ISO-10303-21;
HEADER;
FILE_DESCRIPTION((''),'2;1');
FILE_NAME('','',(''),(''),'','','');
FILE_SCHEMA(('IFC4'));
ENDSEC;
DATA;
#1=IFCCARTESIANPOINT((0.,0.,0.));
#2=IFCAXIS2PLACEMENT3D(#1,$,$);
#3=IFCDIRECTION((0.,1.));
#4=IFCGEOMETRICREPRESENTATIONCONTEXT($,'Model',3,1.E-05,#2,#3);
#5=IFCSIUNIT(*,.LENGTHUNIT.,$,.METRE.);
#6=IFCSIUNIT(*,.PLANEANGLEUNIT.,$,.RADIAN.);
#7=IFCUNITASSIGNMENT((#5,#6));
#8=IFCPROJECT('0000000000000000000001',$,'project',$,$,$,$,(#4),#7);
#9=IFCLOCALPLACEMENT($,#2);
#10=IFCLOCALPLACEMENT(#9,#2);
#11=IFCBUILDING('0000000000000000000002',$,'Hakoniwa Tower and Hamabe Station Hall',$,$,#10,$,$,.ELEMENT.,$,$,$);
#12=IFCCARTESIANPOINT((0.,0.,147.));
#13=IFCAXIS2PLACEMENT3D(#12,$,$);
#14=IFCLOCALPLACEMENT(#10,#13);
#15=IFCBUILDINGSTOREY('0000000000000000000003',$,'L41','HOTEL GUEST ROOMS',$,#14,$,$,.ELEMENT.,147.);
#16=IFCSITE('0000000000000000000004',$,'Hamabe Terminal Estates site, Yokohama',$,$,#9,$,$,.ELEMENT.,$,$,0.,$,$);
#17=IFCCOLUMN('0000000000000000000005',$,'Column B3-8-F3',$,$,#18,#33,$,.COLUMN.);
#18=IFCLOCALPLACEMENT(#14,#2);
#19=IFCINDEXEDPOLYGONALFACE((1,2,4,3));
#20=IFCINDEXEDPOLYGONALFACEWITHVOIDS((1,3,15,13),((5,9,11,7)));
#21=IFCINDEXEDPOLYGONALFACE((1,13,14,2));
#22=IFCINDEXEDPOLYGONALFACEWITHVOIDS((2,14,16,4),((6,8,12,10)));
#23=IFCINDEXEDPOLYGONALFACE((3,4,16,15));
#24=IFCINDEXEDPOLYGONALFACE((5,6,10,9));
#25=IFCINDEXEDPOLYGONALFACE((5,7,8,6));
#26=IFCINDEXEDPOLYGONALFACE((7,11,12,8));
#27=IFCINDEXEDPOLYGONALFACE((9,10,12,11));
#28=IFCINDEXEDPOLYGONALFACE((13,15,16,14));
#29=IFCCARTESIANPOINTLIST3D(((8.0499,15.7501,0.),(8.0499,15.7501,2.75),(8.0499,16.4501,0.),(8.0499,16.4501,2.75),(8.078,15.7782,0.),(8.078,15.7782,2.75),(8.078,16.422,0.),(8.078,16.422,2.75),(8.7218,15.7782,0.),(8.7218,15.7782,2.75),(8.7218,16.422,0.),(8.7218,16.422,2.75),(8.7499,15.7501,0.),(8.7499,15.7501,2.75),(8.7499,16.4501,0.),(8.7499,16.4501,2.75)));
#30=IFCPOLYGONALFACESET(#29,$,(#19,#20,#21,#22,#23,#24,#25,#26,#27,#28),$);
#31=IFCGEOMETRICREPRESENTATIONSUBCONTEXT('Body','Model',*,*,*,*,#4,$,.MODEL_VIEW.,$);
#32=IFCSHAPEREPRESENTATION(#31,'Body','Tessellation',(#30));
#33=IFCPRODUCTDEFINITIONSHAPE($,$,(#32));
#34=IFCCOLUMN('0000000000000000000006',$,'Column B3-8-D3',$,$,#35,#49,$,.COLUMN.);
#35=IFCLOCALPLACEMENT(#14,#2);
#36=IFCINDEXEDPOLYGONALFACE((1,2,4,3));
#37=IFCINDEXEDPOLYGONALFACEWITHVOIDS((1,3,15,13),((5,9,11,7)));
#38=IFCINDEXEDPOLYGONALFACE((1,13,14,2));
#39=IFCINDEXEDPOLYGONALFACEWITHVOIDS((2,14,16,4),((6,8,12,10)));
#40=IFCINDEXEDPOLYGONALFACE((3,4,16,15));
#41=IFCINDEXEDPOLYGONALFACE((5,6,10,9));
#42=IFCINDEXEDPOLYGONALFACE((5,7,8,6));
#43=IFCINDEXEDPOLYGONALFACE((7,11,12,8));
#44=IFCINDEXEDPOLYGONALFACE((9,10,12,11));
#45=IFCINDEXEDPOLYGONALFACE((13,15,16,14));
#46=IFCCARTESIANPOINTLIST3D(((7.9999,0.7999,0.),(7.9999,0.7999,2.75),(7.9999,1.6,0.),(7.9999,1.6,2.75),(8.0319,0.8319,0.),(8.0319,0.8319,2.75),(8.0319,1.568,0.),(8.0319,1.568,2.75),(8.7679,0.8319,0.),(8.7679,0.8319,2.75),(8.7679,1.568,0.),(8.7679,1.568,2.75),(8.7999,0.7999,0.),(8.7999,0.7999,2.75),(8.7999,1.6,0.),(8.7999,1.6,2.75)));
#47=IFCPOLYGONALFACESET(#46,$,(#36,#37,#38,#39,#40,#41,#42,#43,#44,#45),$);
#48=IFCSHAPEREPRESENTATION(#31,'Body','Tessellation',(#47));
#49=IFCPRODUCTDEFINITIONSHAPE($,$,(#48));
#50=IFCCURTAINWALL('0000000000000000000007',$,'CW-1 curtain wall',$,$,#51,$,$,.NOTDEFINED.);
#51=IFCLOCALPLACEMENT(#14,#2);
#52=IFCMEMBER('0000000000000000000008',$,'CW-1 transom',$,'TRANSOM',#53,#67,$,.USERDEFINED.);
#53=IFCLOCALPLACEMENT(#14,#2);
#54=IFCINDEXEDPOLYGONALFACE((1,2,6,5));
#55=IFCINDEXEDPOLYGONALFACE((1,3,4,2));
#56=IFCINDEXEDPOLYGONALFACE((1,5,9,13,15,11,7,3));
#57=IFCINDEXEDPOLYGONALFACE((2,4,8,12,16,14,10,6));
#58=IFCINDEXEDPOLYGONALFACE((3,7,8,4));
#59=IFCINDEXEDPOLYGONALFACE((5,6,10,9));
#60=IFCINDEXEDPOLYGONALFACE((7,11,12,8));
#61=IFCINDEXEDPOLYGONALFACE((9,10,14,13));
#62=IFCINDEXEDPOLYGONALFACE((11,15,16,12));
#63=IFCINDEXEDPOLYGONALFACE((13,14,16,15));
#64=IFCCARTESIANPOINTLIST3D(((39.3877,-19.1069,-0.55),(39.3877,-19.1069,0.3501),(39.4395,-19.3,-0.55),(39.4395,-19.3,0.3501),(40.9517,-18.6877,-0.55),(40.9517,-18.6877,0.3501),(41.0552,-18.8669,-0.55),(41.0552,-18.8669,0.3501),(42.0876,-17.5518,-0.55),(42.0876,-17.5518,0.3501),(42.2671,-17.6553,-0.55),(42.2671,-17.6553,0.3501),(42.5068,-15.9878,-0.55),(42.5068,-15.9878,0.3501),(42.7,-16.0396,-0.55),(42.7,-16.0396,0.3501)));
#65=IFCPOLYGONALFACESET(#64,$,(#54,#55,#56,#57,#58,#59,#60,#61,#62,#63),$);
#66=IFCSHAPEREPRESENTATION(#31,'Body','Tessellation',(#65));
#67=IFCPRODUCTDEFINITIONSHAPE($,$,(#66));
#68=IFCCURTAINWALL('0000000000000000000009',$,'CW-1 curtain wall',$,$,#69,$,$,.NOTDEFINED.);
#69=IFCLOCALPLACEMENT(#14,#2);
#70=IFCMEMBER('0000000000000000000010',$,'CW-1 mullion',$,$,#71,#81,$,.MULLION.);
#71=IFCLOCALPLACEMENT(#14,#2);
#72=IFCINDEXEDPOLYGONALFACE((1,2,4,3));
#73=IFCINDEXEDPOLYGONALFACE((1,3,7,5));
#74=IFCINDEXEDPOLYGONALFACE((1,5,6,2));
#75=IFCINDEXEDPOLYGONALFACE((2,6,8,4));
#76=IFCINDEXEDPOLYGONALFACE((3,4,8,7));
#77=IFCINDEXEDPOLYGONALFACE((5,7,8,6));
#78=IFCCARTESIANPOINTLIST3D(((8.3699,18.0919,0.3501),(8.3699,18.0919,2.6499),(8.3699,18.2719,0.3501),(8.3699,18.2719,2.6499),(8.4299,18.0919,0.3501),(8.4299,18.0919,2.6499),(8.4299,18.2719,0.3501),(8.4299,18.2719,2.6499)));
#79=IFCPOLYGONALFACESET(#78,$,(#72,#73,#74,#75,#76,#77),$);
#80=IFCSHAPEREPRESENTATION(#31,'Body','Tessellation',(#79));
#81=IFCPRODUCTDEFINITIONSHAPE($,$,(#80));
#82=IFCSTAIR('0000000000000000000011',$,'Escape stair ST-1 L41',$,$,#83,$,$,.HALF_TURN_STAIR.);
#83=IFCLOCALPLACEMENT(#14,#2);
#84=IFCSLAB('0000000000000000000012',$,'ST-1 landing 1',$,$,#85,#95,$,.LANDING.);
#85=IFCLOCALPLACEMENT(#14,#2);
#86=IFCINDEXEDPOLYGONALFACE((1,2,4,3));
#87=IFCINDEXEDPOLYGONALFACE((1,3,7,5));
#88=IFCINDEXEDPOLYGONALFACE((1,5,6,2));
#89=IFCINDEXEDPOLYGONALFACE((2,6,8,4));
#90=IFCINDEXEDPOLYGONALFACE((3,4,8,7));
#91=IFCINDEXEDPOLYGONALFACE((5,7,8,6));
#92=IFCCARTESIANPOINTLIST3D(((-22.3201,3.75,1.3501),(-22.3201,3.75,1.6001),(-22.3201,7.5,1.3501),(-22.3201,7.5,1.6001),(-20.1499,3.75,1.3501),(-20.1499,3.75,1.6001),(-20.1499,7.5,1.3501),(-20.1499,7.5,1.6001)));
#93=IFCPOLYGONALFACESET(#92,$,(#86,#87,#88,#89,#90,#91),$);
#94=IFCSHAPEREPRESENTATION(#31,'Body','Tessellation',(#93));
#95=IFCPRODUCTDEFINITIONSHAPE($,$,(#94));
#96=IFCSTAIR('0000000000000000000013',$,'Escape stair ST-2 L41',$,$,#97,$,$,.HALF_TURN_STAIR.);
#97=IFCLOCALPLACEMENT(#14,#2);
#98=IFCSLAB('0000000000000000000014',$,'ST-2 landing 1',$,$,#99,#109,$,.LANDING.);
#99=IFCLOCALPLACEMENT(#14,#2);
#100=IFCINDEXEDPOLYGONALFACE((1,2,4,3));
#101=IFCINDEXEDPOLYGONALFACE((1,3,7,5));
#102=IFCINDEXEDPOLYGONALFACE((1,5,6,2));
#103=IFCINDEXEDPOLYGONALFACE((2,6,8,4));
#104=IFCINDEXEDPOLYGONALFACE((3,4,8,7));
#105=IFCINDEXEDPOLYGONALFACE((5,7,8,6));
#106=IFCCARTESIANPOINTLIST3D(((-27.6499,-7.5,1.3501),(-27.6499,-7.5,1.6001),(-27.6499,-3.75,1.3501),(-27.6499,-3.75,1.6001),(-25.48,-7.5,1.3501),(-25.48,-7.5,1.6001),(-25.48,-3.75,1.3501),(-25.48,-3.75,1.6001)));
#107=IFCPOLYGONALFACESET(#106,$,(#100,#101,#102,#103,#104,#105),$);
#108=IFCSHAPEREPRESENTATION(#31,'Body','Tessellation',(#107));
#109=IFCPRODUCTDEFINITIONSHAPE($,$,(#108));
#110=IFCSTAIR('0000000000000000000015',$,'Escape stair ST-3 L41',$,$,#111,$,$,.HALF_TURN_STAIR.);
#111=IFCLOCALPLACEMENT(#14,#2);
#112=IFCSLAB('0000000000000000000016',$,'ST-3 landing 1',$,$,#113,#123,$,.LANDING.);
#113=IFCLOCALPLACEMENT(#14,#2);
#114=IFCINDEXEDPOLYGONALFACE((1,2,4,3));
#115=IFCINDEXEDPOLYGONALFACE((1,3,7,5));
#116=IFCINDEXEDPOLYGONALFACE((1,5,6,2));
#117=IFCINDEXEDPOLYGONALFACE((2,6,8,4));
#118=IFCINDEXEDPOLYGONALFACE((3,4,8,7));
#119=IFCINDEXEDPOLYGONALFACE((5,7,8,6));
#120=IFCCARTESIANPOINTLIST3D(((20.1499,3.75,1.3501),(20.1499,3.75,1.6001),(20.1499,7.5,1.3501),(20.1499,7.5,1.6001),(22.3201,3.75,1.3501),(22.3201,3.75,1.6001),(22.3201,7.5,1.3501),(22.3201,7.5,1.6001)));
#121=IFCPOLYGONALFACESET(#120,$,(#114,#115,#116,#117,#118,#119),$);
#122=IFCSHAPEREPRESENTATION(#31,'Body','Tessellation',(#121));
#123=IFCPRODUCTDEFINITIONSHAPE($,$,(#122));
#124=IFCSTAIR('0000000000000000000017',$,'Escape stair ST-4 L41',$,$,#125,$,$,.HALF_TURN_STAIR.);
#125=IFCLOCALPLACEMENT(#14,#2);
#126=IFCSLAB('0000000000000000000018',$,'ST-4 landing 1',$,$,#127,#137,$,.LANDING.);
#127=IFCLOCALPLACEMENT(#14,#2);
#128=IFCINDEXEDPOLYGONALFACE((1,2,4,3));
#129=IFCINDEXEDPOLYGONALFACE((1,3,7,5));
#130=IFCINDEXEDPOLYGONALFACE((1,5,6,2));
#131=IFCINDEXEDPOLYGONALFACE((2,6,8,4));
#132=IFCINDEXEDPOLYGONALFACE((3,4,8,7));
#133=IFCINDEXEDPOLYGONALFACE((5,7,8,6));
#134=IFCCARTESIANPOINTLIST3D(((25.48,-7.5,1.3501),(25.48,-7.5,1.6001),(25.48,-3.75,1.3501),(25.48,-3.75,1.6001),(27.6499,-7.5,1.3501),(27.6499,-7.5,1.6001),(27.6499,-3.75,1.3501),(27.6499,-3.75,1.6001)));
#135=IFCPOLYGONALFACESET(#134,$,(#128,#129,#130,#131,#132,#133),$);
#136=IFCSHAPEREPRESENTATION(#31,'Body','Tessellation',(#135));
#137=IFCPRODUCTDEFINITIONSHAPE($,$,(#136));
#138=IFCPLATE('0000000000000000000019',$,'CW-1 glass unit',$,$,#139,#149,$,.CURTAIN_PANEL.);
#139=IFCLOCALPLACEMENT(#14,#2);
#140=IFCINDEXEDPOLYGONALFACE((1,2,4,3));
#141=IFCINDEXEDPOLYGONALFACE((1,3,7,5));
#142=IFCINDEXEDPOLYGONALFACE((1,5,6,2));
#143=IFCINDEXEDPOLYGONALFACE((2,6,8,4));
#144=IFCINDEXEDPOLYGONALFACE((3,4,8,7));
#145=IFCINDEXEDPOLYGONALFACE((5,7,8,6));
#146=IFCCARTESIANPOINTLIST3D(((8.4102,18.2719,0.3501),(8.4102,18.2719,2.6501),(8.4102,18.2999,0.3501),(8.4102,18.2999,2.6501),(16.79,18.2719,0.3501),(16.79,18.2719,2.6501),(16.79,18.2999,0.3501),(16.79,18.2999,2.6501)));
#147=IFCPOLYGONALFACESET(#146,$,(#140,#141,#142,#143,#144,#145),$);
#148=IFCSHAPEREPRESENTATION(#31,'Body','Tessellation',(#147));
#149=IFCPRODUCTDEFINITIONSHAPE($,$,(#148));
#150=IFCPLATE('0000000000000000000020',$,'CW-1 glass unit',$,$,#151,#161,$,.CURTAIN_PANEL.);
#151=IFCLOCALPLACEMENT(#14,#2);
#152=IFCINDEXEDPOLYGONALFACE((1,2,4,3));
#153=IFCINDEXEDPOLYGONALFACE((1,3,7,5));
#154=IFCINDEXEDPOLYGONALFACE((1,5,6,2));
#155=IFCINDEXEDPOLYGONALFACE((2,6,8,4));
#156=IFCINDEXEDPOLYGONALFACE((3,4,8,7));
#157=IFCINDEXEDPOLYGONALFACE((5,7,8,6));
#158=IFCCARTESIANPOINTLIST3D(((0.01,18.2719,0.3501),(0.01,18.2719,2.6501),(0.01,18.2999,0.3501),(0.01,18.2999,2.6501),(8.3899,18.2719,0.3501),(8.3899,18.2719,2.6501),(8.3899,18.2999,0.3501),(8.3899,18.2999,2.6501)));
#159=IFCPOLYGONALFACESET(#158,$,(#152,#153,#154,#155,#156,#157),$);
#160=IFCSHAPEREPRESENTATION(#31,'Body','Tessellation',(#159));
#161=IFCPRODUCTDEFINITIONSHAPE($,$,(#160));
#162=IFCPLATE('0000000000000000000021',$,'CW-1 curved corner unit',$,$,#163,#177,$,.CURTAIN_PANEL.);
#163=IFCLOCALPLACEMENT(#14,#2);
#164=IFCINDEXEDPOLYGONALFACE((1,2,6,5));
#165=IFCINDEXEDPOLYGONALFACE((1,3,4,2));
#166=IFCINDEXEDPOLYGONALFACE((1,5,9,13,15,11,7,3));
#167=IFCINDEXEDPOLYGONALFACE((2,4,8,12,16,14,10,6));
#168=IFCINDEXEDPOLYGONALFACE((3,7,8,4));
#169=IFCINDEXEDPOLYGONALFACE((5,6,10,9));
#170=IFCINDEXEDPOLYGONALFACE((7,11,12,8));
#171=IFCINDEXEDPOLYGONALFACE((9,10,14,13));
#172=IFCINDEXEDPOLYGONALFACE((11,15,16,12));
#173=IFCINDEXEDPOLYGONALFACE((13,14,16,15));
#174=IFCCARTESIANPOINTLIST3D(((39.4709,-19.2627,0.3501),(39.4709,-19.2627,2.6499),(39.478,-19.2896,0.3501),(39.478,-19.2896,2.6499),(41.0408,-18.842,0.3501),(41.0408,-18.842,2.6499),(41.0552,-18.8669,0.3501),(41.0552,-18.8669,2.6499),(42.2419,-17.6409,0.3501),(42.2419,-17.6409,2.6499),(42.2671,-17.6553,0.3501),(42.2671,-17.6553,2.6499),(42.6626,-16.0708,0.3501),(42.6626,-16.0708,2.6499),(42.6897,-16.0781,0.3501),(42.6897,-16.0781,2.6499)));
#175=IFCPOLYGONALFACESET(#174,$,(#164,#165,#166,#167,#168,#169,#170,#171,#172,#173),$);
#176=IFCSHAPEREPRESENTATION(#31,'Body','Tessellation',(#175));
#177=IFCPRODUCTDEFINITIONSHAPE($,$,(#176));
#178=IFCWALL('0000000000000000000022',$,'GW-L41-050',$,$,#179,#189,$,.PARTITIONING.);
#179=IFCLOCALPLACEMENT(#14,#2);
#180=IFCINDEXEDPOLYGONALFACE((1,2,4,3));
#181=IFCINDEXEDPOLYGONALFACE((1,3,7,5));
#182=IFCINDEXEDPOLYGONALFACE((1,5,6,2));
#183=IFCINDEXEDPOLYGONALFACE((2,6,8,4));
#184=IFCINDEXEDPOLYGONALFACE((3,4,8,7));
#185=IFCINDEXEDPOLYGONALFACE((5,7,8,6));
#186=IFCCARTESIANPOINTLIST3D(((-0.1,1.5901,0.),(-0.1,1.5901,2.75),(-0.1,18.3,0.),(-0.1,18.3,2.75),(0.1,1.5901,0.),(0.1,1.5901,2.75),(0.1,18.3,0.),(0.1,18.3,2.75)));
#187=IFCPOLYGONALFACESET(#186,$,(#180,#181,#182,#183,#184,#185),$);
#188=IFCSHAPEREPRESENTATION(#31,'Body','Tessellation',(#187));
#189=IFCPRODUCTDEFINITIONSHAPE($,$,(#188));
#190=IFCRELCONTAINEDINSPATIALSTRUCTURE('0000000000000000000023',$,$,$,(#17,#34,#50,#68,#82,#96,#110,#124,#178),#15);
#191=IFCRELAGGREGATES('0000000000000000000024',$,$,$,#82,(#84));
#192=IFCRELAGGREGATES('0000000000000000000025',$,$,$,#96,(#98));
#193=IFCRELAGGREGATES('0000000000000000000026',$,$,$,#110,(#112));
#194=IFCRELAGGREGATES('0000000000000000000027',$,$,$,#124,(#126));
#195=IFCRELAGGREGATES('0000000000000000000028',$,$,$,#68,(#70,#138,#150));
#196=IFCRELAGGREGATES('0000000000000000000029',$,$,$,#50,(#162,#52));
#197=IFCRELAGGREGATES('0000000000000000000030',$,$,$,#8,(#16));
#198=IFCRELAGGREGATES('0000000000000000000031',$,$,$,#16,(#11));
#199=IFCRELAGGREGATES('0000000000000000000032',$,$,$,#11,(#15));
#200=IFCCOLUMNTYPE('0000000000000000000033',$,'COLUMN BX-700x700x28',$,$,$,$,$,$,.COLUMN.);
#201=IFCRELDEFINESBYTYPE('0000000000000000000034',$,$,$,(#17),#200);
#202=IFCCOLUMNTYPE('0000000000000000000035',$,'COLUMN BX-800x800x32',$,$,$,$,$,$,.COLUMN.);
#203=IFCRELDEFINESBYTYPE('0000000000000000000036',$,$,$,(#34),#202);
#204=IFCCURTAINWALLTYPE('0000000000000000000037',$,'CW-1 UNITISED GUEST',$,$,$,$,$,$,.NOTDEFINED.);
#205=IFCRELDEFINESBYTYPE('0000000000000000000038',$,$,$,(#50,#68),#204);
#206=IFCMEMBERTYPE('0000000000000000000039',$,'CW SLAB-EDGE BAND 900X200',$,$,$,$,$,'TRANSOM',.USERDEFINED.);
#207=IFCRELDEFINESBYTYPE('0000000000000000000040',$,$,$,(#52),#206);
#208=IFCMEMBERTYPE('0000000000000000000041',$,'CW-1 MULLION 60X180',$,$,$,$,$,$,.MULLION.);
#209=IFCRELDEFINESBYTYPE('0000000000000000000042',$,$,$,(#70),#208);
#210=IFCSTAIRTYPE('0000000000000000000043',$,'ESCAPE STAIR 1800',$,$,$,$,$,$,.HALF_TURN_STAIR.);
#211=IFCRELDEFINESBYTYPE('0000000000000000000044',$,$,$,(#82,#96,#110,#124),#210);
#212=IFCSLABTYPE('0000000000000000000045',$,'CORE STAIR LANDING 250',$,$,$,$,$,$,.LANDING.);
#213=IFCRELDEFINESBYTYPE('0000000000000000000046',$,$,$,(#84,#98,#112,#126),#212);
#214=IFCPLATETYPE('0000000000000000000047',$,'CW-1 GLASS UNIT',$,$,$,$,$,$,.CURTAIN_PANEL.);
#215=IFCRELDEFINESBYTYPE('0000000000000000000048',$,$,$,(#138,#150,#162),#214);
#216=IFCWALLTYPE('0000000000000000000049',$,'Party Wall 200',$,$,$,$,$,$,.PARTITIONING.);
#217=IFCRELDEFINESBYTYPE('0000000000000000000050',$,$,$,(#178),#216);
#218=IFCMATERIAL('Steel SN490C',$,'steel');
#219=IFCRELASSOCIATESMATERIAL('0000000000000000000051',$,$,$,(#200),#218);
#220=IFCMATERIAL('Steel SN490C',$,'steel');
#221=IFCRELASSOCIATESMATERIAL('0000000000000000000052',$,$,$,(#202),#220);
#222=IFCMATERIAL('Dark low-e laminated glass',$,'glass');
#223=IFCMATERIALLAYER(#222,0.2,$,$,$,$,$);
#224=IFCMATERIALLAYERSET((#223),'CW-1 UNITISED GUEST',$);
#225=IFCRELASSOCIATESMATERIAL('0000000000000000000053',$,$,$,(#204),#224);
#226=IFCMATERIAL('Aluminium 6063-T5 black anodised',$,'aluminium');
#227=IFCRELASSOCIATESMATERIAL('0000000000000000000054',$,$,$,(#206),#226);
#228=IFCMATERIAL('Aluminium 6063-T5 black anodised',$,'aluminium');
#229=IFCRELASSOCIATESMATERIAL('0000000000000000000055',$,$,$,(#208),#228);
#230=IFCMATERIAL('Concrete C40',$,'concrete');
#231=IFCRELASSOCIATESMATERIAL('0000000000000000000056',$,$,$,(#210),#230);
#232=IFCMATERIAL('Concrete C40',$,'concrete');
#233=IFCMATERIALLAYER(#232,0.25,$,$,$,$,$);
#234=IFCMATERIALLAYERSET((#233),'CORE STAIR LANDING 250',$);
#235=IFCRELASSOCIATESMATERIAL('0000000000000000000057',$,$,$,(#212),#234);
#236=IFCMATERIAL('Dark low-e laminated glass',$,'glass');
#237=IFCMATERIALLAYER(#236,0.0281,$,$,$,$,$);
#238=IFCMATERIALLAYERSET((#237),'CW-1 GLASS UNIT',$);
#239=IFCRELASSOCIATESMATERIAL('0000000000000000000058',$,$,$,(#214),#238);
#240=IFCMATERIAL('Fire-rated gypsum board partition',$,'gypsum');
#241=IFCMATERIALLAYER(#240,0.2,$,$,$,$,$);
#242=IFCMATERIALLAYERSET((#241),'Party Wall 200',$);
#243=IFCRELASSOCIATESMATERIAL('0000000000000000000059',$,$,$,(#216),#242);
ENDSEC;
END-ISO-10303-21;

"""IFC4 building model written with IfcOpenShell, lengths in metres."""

from ifc_helpers import new_model, si_unit, direction, frame, frame_2d, origin, origin_2d, place, context, subcontext, project, spatial, polyline, rectangle, hollow_rectangle, outline, extrude, material, layer, layer_set, material_profile, profile_set, type_object, element, aggregate, save


model = new_model("IFC4")

# Units and contexts
model_context = context("Model", 3, precision=1e-05, world=origin(), true_north=direction((0.0, 1.0)))
body_context = subcontext(model_context, "Body", "Model", "MODEL_VIEW")
ifc_project = project(units=[si_unit("LENGTHUNIT", "METRE"), si_unit("PLANEANGLEUNIT", "RADIAN")], contexts=[model_context])

# Site, building, storey
site_placement = place(None, origin())
site = spatial("IfcSite", under=ifc_project, at=site_placement, Name="Hamabe Terminal Estates site, Yokohama", CompositionType="ELEMENT", RefElevation=0.0)
building_placement = place(site_placement, origin())
building = spatial("IfcBuilding", under=site, at=building_placement, Name="Hakoniwa Tower and Hamabe Station Hall", CompositionType="ELEMENT")
storey_placement = place(building_placement, frame((0.0, 0.0, 147.0)))
storey = spatial("IfcBuildingStorey", under=building, at=storey_placement, Name="L41", Description="HOTEL GUEST ROOMS", CompositionType="ELEMENT", Elevation=147.0)

# Columns
ifc_material_1 = material(Name="Steel SN490C", Category="steel")
ifc_material_profile_1 = material_profile(ifc_material_1, hollow_rectangle(XDim=0.7, YDim=0.7, WallThickness=0.0281, at=origin_2d()), Name="BX-700x700x28")
ifc_profile_set_1 = profile_set([ifc_material_profile_1], Name="Steel SN490C")
column_type_1 = type_object("IfcColumnType", Name="COLUMN BX-700x700x28", PredefinedType="COLUMN", material=ifc_profile_set_1)
column_1_placement = place(storey_placement, frame((8.3999, 16.1001, 0.0), z_axis=(0.0, 0.0, 1.0), x_axis=(1.0, 0.0, 0.0)))
element("IfcColumn", 1, at=column_1_placement, inside=storey, type_object=column_type_1, Name="Column B3-8-F3", PredefinedType="COLUMN", context=body_context, shape_type="SweptSolid", body=[
    extrude(hollow_rectangle(XDim=0.7, YDim=0.7, WallThickness=0.0281, at=origin_2d()), origin(), (0.0, 0.0, 1.0), 2.75),
])
ifc_material_2 = material(Name="Steel SN490C", Category="steel")
ifc_material_profile_2 = material_profile(ifc_material_2, hollow_rectangle(XDim=0.8, YDim=0.8, WallThickness=0.032, at=origin_2d()), Name="BX-800x800x32")
ifc_profile_set_2 = profile_set([ifc_material_profile_2], Name="Steel SN490C")
column_type_2 = type_object("IfcColumnType", Name="COLUMN BX-800x800x32", PredefinedType="COLUMN", material=ifc_profile_set_2)
column_2_placement = place(storey_placement, frame((8.3999, 1.2, 0.0), z_axis=(0.0, 0.0, 1.0), x_axis=(1.0, 0.0, 0.0)))
element("IfcColumn", 2, at=column_2_placement, inside=storey, type_object=column_type_2, Name="Column B3-8-D3", PredefinedType="COLUMN", context=body_context, shape_type="SweptSolid", body=[
    extrude(hollow_rectangle(XDim=0.8, YDim=0.8, WallThickness=0.032, at=origin_2d()), origin(), (0.0, 0.0, 1.0), 2.75),
])

# Curtain walls, members
ifc_material_3 = material(Name="Dark low-e laminated glass", Category="glass")
ifc_layer_1 = layer(ifc_material_3, 0.2)
ifc_layer_set_1 = layer_set([ifc_layer_1], Name="CW-1 UNITISED GUEST")
curtain_wall_type = type_object("IfcCurtainWallType", Name="CW-1 UNITISED GUEST", PredefinedType="NOTDEFINED", material=ifc_layer_set_1)
curtain_wall_1_placement = place(storey_placement, origin())
curtain_wall_1 = element("IfcCurtainWall", 3, at=curtain_wall_1_placement, inside=storey, type_object=curtain_wall_type, Name="CW-1 curtain wall", PredefinedType="NOTDEFINED")
ifc_material_4 = material(Name="Aluminium 6063-T5 black anodised", Category="aluminium")
ifc_material_profile_3 = material_profile(ifc_material_4, rectangle(XDim=0.2, YDim=0.8999, at=origin_2d()), Name="CW SLAB-EDGE BAND 900X200")
ifc_profile_set_3 = profile_set([ifc_material_profile_3], Name="Aluminium 6063-T5 black anodised")
member_type_1 = type_object("IfcMemberType", Name="CW SLAB-EDGE BAND 900X200", ElementType="TRANSOM", PredefinedType="USERDEFINED", material=ifc_profile_set_3)
member_1_placement = place(storey_placement, frame((0.0, 0.0, -0.55)))
member_1 = element("IfcMember", 4, at=member_1_placement, type_object=member_type_1, Name="CW-1 transom", ObjectType="TRANSOM", PredefinedType="USERDEFINED", context=body_context, shape_type="SweptSolid", body=[
    extrude(outline(polyline([(39.4395, -19.3), (41.0552, -18.8669), (42.2671, -17.6553), (42.7, -16.0396), (42.5068, -15.9878), (42.0876, -17.5518), (40.9517, -18.6877), (39.3877, -19.1069), (39.4395, -19.3)])), origin(), (0.0, 0.0, 1.0), 0.9001),
])
curtain_wall_2_placement = place(storey_placement, origin())
curtain_wall_2 = element("IfcCurtainWall", 5, at=curtain_wall_2_placement, inside=storey, type_object=curtain_wall_type, Name="CW-1 curtain wall", PredefinedType="NOTDEFINED")
ifc_material_5 = material(Name="Aluminium 6063-T5 black anodised", Category="aluminium")
ifc_material_profile_4 = material_profile(ifc_material_5, rectangle(XDim=0.0601, YDim=0.1799, at=origin_2d()), Name="CW-1 MULLION 60X180")
ifc_profile_set_4 = profile_set([ifc_material_profile_4], Name="Aluminium 6063-T5 black anodised")
member_type_2 = type_object("IfcMemberType", Name="CW-1 MULLION 60X180", PredefinedType="MULLION", material=ifc_profile_set_4)
member_2_placement = place(storey_placement, frame((8.3999, 18.1819, 0.3501), z_axis=(0.0, 0.0, 1.0), x_axis=(-1.0, 0.0, 0.0)))
member_2 = element("IfcMember", 6, at=member_2_placement, type_object=member_type_2, Name="CW-1 mullion", PredefinedType="MULLION", context=body_context, shape_type="SweptSolid", body=[
    extrude(rectangle(XDim=0.0601, YDim=0.1799, at=origin_2d()), origin(), (0.0, 0.0, 1.0), 2.2998),
])

# Stairs, slabs
ifc_material_6 = material(Name="Concrete C40", Category="concrete")
stair_type = type_object("IfcStairType", Name="ESCAPE STAIR 1800", PredefinedType="HALF_TURN_STAIR", material=ifc_material_6)
stair_1_placement = place(storey_placement, origin())
stair_1 = element("IfcStair", 7, at=stair_1_placement, inside=storey, type_object=stair_type, Name="Escape stair ST-1 L41", PredefinedType="HALF_TURN_STAIR")
ifc_material_7 = material(Name="Concrete C40", Category="concrete")
ifc_layer_2 = layer(ifc_material_7, 0.25)
ifc_layer_set_2 = layer_set([ifc_layer_2], Name="CORE STAIR LANDING 250")
slab_type = type_object("IfcSlabType", Name="CORE STAIR LANDING 250", PredefinedType="LANDING", material=ifc_layer_set_2)
slab_1_placement = place(storey_placement, frame((0.0, 0.0, 1.3501)))
slab_1 = element("IfcSlab", 8, at=slab_1_placement, type_object=slab_type, Name="ST-1 landing 1", PredefinedType="LANDING", context=body_context, shape_type="SweptSolid", body=[
    extrude(outline(polyline([(-22.3201, 3.75), (-20.1499, 3.75), (-20.1499, 7.5), (-22.3201, 7.5), (-22.3201, 3.75)])), origin(), (0.0, 0.0, 1.0), 0.25),
])
aggregate(stair_1, [slab_1])
stair_2_placement = place(storey_placement, origin())
stair_2 = element("IfcStair", 9, at=stair_2_placement, inside=storey, type_object=stair_type, Name="Escape stair ST-2 L41", PredefinedType="HALF_TURN_STAIR")
slab_2_placement = place(storey_placement, frame((0.0, 0.0, 1.3501)))
slab_2 = element("IfcSlab", 10, at=slab_2_placement, type_object=slab_type, Name="ST-2 landing 1", PredefinedType="LANDING", context=body_context, shape_type="SweptSolid", body=[
    extrude(outline(polyline([(-25.48, -7.5), (-27.6499, -7.5), (-27.6499, -3.75), (-25.48, -3.75), (-25.48, -7.5)])), origin(), (0.0, 0.0, 1.0), 0.25),
])
aggregate(stair_2, [slab_2])
stair_3_placement = place(storey_placement, origin())
stair_3 = element("IfcStair", 11, at=stair_3_placement, inside=storey, type_object=stair_type, Name="Escape stair ST-3 L41", PredefinedType="HALF_TURN_STAIR")
slab_3_placement = place(storey_placement, frame((0.0, 0.0, 1.3501)))
slab_3 = element("IfcSlab", 12, at=slab_3_placement, type_object=slab_type, Name="ST-3 landing 1", PredefinedType="LANDING", context=body_context, shape_type="SweptSolid", body=[
    extrude(outline(polyline([(22.3201, 3.75), (20.1499, 3.75), (20.1499, 7.5), (22.3201, 7.5), (22.3201, 3.75)])), origin(), (0.0, 0.0, 1.0), 0.25),
])
aggregate(stair_3, [slab_3])
stair_4_placement = place(storey_placement, origin())
stair_4 = element("IfcStair", 13, at=stair_4_placement, inside=storey, type_object=stair_type, Name="Escape stair ST-4 L41", PredefinedType="HALF_TURN_STAIR")
slab_4_placement = place(storey_placement, frame((0.0, 0.0, 1.3501)))
slab_4 = element("IfcSlab", 14, at=slab_4_placement, type_object=slab_type, Name="ST-4 landing 1", PredefinedType="LANDING", context=body_context, shape_type="SweptSolid", body=[
    extrude(outline(polyline([(25.48, -7.5), (27.6499, -7.5), (27.6499, -3.75), (25.48, -3.75), (25.48, -7.5)])), origin(), (0.0, 0.0, 1.0), 0.25),
])
aggregate(stair_4, [slab_4])

# Plates
ifc_material_8 = material(Name="Dark low-e laminated glass", Category="glass")
ifc_layer_3 = layer(ifc_material_8, 0.0281)
ifc_layer_set_3 = layer_set([ifc_layer_3], Name="CW-1 GLASS UNIT")
plate_type = type_object("IfcPlateType", Name="CW-1 GLASS UNIT", PredefinedType="CURTAIN_PANEL", material=ifc_layer_set_3)
plate_1_placement = place(storey_placement, frame((12.6001, 18.2859, 0.3501), z_axis=(0.0, 0.0, 1.0), x_axis=(-1.0, 0.0, 0.0)))
plate_1 = element("IfcPlate", 15, at=plate_1_placement, type_object=plate_type, Name="CW-1 glass unit", PredefinedType="CURTAIN_PANEL", context=body_context, shape_type="SweptSolid", body=[
    extrude(rectangle(XDim=8.3799, YDim=0.0281, at=origin_2d()), origin(), (0.0, 0.0, 1.0), 2.3),
])
plate_2_placement = place(storey_placement, frame((4.2, 18.2859, 0.3501), z_axis=(0.0, 0.0, 1.0), x_axis=(-1.0, 0.0, 0.0)))
plate_2 = element("IfcPlate", 16, at=plate_2_placement, type_object=plate_type, Name="CW-1 glass unit", PredefinedType="CURTAIN_PANEL", context=body_context, shape_type="SweptSolid", body=[
    extrude(rectangle(XDim=8.3799, YDim=0.0281, at=origin_2d()), origin(), (0.0, 0.0, 1.0), 2.3),
])
aggregate(curtain_wall_2, [member_2, plate_1, plate_2])
plate_3_placement = place(storey_placement, frame((0.0, 0.0, 0.3501)))
plate_3 = element("IfcPlate", 17, at=plate_3_placement, type_object=plate_type, Name="CW-1 curved corner unit", PredefinedType="CURTAIN_PANEL", context=body_context, shape_type="SweptSolid", body=[
    extrude(outline(polyline([(39.478, -19.2896), (41.0552, -18.8669), (42.2671, -17.6553), (42.6897, -16.0781), (42.6626, -16.0708), (42.2419, -17.6409), (41.0408, -18.842), (39.4709, -19.2627), (39.478, -19.2896)])), origin(), (0.0, 0.0, 1.0), 2.2998),
])
aggregate(curtain_wall_1, [plate_3, member_1])

# Wall
ifc_material_9 = material(Name="Fire-rated gypsum board partition", Category="gypsum")
ifc_layer_4 = layer(ifc_material_9, 0.2)
ifc_layer_set_4 = layer_set([ifc_layer_4], Name="Party Wall 200")
wall_type = type_object("IfcWallType", Name="Party Wall 200", PredefinedType="PARTITIONING", material=ifc_layer_set_4)
wall_1_placement = place(storey_placement, frame((0.0, 1.5901, 0.0), z_axis=(0.0, 0.0, 1.0), x_axis=(0.0, 1.0, 0.0)))
element("IfcWall", 18, at=wall_1_placement, inside=storey, type_object=wall_type, Name="GW-L41-050", PredefinedType="PARTITIONING", context=body_context, shape_type="SweptSolid", body=[
    extrude(rectangle(XDim=16.71, YDim=0.2, at=frame_2d((8.355, 0.0))), origin(), (0.0, 0.0, 1.0), 2.75),
])

save(model, "model.ifc")
